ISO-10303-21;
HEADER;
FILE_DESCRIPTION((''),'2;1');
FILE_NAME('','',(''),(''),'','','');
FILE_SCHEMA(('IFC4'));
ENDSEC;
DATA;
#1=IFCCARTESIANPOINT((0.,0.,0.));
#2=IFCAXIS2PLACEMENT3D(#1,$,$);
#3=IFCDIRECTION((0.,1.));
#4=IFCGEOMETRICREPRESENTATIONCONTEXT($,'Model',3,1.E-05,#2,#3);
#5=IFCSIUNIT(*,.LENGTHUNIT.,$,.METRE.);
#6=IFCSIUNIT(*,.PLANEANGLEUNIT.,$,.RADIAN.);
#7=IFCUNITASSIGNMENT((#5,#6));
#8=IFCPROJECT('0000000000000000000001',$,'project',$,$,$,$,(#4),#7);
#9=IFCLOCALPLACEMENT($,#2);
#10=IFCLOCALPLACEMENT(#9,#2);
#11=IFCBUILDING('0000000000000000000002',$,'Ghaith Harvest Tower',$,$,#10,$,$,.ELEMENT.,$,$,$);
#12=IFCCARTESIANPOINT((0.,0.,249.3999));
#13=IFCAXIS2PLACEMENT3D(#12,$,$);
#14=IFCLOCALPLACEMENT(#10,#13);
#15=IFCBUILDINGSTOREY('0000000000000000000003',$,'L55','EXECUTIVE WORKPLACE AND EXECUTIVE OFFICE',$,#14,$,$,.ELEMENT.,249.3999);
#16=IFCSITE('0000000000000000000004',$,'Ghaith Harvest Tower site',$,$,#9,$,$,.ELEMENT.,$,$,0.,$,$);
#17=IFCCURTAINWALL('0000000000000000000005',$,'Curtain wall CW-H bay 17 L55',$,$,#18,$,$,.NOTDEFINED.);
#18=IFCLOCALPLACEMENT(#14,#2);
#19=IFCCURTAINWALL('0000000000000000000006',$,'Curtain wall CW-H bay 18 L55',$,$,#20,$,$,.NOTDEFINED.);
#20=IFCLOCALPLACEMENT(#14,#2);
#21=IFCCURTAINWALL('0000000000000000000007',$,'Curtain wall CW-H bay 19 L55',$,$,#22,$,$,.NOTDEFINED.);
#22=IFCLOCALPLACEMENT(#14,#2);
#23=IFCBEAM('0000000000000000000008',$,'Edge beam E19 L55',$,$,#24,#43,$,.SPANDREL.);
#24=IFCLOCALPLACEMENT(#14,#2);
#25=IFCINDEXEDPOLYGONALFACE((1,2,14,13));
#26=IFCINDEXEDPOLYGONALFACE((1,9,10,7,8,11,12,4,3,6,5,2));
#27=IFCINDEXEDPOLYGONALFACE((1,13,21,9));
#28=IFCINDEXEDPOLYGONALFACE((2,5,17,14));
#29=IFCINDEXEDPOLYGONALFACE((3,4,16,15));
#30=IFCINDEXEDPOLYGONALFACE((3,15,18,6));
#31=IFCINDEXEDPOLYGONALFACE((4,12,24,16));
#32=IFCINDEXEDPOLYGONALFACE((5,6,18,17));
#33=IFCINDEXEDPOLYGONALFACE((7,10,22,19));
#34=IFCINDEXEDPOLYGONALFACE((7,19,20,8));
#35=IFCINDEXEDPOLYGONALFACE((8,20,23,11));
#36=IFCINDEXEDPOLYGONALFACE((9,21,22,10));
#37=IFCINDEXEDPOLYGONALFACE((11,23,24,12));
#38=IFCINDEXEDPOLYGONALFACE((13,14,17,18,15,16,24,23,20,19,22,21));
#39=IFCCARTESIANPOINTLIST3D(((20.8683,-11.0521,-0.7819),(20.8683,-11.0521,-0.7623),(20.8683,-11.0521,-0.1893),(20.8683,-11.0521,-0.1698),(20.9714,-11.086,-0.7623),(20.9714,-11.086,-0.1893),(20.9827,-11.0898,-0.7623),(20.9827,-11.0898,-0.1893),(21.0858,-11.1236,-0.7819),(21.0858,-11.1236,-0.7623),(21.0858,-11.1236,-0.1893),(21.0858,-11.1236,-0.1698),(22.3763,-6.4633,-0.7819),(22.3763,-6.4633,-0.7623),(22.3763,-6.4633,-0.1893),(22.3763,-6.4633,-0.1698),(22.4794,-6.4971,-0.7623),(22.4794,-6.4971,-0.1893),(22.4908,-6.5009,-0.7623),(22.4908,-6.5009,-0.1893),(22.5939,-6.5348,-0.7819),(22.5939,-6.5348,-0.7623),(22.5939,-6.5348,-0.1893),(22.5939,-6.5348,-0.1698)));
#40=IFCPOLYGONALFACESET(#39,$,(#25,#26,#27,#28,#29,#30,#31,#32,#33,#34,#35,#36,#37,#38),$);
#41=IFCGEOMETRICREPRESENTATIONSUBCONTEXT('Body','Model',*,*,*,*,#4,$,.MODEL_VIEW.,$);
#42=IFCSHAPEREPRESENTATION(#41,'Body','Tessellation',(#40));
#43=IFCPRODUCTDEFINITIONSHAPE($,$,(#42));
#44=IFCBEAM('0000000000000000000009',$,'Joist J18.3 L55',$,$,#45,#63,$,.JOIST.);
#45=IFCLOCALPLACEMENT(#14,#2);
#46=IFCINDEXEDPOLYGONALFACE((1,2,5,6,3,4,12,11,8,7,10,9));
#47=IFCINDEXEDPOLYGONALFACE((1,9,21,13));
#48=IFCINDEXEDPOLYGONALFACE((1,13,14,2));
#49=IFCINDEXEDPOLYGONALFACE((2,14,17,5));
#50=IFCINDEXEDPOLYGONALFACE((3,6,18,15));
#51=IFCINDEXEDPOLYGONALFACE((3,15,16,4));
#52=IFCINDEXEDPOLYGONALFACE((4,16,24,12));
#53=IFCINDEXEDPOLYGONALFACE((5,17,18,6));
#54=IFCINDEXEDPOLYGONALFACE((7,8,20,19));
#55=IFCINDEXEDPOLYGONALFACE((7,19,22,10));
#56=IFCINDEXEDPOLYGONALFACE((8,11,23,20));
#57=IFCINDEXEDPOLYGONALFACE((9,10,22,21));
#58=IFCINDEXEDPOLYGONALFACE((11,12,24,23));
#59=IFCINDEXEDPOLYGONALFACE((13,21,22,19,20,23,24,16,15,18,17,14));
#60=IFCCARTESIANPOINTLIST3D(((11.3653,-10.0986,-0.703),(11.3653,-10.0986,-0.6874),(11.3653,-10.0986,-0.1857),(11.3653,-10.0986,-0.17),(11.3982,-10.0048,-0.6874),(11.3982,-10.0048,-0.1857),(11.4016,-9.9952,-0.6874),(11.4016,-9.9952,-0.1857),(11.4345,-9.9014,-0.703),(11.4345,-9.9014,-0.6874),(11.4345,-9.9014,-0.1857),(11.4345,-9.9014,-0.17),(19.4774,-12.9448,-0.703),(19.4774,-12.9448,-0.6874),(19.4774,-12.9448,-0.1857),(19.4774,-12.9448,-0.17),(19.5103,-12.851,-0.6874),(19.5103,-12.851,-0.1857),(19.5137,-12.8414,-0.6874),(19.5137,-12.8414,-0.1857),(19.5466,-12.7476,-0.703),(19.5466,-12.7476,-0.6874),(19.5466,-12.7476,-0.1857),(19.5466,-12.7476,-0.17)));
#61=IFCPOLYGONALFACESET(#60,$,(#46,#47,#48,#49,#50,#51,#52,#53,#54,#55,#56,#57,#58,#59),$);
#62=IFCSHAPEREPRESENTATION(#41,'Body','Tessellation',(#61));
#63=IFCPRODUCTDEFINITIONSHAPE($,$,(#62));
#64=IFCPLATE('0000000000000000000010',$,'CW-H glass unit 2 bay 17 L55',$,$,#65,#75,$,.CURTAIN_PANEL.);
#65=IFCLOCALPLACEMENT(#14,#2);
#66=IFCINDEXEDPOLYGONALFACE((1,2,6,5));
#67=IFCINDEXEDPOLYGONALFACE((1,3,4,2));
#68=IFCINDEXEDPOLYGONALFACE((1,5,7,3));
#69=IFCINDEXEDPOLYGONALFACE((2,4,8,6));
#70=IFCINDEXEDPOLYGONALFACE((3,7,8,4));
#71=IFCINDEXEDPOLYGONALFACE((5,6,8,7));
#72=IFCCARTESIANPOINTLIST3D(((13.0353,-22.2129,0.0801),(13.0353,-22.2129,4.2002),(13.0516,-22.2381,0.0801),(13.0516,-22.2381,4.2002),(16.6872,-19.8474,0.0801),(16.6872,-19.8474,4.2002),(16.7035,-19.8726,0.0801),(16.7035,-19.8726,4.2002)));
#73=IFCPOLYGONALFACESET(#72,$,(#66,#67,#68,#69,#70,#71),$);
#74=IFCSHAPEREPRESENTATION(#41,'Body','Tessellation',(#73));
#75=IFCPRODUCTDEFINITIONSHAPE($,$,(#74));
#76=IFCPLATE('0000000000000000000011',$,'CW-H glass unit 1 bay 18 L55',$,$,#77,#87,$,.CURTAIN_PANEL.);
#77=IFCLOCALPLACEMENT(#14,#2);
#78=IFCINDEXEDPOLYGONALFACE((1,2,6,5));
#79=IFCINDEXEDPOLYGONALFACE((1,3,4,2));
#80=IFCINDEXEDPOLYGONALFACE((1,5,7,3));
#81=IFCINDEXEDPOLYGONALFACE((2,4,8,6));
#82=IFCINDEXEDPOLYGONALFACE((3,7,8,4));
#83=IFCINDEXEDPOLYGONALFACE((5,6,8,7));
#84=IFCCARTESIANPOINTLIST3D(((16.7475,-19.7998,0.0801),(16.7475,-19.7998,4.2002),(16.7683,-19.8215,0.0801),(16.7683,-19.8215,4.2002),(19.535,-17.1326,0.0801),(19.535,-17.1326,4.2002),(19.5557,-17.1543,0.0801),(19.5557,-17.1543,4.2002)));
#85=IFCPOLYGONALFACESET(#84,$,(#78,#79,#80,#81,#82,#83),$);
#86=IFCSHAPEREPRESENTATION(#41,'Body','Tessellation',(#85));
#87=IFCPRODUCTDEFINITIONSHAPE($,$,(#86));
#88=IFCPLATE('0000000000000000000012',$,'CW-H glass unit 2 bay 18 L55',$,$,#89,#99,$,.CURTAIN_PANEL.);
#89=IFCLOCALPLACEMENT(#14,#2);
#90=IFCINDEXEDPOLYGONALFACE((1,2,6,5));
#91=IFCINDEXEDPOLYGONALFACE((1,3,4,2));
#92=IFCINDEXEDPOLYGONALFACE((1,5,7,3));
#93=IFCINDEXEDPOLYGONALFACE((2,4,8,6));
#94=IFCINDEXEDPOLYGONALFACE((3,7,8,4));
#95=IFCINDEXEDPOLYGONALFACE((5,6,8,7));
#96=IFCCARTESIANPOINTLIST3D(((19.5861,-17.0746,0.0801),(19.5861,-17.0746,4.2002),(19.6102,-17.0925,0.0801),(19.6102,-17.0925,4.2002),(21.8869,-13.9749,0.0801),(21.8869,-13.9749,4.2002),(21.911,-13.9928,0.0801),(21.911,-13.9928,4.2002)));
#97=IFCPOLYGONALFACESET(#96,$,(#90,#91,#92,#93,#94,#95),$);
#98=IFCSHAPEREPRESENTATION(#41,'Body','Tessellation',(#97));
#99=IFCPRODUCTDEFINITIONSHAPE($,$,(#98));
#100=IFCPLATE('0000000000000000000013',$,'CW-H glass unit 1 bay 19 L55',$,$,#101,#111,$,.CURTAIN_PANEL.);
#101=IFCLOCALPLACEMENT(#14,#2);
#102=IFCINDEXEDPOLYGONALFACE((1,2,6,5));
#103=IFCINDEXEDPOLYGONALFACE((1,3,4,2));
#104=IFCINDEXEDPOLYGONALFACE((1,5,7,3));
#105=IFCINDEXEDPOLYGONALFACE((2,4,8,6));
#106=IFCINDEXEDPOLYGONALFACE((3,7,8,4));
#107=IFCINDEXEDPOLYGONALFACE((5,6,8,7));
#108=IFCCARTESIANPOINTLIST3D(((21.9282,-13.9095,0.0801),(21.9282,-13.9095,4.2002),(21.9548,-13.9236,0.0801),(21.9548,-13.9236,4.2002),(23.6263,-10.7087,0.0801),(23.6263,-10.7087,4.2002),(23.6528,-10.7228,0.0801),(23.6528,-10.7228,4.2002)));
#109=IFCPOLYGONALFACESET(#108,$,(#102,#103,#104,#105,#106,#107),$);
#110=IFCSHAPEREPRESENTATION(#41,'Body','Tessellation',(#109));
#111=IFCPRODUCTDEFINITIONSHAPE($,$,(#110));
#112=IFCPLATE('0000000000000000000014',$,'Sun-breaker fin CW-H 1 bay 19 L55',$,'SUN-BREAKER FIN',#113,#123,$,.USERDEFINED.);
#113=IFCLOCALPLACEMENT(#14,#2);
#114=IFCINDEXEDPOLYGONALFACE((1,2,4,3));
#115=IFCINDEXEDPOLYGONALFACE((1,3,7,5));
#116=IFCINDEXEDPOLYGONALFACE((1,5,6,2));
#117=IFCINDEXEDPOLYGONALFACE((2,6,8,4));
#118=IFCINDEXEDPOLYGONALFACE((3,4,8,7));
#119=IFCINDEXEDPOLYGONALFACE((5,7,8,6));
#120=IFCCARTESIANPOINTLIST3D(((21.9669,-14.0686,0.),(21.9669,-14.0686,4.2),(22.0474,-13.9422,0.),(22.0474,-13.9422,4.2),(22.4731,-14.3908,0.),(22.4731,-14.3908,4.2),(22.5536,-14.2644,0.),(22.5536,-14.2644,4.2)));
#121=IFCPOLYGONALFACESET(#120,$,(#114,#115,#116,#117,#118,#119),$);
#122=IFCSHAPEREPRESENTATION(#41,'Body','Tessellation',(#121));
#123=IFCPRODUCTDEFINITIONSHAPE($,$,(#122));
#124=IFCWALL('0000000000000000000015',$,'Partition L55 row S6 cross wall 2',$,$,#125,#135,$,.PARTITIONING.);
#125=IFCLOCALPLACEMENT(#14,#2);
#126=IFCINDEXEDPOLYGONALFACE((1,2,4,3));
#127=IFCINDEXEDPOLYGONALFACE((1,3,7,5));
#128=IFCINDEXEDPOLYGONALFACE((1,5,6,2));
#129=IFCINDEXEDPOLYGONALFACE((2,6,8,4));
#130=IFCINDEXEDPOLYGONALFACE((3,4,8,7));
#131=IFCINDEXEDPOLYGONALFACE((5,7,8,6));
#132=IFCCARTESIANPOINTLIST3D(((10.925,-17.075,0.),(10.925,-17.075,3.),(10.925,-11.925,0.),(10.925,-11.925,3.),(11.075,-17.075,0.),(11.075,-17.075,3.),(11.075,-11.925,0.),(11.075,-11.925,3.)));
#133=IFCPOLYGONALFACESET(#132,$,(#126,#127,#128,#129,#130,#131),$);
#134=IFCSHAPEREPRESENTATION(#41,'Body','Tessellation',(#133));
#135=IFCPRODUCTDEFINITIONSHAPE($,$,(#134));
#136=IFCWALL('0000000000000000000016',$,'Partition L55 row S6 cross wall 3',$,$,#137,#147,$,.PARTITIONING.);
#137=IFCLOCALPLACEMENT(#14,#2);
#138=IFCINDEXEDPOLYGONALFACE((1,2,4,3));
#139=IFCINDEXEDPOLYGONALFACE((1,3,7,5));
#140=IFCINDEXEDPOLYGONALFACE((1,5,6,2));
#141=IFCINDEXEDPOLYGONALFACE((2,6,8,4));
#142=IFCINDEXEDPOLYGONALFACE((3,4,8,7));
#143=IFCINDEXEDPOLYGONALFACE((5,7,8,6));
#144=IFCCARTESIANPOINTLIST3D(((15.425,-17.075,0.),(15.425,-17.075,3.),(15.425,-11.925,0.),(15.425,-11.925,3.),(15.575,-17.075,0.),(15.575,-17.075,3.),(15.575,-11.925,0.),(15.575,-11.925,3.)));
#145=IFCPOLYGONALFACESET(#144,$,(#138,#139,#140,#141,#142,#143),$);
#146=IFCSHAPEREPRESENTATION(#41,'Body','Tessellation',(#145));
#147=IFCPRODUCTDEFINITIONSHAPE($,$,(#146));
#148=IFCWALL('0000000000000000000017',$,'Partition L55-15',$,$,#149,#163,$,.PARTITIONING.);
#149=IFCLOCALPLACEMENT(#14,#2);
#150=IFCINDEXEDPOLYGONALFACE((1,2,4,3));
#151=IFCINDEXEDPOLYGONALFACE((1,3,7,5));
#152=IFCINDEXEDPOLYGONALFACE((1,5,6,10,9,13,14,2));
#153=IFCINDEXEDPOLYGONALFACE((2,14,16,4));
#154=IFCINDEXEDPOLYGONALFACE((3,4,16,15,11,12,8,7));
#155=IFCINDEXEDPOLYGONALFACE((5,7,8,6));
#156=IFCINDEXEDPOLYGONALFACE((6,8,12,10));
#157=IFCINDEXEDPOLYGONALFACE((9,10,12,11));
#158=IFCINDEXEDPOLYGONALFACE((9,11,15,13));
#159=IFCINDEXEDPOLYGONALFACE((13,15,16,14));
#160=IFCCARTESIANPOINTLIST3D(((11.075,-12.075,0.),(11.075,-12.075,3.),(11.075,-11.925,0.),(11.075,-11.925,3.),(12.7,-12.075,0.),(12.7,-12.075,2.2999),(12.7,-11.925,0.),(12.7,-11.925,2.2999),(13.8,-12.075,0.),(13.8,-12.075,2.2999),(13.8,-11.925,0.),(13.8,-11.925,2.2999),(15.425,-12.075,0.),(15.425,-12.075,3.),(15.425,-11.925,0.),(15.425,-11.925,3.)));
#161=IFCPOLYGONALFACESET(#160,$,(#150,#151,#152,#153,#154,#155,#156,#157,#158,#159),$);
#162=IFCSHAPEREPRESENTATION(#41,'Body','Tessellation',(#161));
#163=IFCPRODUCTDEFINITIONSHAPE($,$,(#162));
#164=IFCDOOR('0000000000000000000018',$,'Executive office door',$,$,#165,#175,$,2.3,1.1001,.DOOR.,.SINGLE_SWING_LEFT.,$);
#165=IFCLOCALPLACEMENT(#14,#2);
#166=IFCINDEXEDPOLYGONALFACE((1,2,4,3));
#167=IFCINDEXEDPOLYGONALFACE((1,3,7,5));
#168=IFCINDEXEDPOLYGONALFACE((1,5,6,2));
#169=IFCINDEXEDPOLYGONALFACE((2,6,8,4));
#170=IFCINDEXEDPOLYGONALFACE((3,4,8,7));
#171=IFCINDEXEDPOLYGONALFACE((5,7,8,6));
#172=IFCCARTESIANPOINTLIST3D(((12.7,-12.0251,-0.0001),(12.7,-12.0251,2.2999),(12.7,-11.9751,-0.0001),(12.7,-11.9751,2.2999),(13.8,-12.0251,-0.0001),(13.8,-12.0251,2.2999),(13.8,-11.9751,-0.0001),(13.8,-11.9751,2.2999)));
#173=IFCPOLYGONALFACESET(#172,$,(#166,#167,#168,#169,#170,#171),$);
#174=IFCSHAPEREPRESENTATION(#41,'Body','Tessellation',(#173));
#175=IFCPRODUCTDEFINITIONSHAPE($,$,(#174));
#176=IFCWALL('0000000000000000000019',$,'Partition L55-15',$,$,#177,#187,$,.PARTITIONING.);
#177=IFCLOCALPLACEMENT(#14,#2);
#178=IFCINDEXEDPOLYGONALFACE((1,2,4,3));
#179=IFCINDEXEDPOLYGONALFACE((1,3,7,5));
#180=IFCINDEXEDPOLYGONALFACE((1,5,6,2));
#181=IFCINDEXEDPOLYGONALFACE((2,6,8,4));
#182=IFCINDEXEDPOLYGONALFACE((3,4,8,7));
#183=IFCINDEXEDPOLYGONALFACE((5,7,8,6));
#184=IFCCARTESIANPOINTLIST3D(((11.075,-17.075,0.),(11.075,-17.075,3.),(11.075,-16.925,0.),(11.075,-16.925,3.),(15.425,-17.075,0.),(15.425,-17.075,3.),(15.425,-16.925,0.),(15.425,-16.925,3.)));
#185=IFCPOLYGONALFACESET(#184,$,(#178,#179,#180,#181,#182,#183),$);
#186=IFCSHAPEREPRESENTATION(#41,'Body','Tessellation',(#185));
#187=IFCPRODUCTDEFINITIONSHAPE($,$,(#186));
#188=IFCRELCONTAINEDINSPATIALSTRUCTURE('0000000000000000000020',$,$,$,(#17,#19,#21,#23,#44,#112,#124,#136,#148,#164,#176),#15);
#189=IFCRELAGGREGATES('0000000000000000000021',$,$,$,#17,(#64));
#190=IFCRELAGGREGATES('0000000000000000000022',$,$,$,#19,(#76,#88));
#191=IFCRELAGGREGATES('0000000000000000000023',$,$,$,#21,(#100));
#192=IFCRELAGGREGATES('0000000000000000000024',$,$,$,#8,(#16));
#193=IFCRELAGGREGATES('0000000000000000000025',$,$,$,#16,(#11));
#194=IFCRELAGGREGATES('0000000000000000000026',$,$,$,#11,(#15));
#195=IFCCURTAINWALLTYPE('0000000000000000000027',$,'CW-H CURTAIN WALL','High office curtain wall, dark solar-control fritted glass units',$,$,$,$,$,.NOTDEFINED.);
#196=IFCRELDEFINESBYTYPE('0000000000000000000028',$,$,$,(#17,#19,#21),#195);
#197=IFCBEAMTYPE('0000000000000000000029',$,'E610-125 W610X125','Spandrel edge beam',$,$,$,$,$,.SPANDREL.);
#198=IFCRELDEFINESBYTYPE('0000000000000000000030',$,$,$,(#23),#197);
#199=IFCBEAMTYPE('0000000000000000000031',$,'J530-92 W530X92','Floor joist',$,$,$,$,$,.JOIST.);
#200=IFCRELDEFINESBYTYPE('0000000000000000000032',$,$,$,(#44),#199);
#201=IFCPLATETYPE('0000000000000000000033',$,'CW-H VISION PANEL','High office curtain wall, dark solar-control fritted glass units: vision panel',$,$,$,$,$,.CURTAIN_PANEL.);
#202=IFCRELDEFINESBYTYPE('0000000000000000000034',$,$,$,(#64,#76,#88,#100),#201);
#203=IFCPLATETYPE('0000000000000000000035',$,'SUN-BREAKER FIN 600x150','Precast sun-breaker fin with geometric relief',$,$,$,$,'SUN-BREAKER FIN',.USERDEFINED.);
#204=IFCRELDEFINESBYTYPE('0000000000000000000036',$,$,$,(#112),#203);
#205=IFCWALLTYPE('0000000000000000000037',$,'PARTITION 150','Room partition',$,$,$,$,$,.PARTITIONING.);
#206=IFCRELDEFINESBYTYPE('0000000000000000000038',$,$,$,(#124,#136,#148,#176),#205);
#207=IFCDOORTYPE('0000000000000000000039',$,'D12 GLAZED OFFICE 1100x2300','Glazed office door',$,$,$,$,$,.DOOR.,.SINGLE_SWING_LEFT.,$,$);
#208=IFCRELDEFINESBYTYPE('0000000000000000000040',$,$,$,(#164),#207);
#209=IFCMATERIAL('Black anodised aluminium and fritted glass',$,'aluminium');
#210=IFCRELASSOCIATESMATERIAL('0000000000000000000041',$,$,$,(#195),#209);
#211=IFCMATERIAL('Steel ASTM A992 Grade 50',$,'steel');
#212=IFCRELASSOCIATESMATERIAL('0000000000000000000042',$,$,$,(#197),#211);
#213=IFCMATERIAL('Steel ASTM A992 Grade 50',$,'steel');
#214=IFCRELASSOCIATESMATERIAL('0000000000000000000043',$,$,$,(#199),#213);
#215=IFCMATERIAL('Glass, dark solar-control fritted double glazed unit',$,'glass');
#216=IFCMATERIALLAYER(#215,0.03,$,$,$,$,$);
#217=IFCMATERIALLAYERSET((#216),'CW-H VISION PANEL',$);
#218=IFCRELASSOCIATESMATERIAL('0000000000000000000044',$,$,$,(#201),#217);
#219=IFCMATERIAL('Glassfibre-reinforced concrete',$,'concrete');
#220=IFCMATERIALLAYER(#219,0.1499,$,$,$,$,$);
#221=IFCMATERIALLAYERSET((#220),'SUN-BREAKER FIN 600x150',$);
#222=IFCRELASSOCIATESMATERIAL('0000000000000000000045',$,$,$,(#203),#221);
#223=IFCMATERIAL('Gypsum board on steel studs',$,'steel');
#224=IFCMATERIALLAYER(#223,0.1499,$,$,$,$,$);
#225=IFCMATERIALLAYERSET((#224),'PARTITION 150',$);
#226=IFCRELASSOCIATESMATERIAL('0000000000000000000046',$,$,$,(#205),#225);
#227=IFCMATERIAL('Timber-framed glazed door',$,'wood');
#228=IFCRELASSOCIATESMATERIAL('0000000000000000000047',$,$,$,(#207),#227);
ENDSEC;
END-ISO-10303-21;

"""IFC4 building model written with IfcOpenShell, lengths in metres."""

from ifc_helpers import new_model, si_unit, direction, frame, frame_2d, origin, origin_2d, place, context, subcontext, project, spatial, rectangle, i_section, extrude, material, layer, layer_set, material_profile, profile_set, type_object, element, fill, aggregate, save


model = new_model("IFC4")

# Units and contexts
model_context = context("Model", 3, precision=1e-05, world=origin(), true_north=direction((0.0, 1.0)))
body_context = subcontext(model_context, "Body", "Model", "MODEL_VIEW")
ifc_project = project(units=[si_unit("LENGTHUNIT", "METRE"), si_unit("PLANEANGLEUNIT", "RADIAN")], contexts=[model_context])

# Site, building, storey
site_placement = place(None, origin())
site = spatial("IfcSite", under=ifc_project, at=site_placement, Name="Ghaith Harvest Tower site", CompositionType="ELEMENT", RefElevation=0.0)
building_placement = place(site_placement, origin())
building = spatial("IfcBuilding", under=site, at=building_placement, Name="Ghaith Harvest Tower", CompositionType="ELEMENT")
storey_placement = place(building_placement, frame((0.0, 0.0, 249.3999)))
storey = spatial("IfcBuildingStorey", under=building, at=storey_placement, Name="L55", Description="EXECUTIVE WORKPLACE AND EXECUTIVE OFFICE", CompositionType="ELEMENT", Elevation=249.3999)

# Curtain wall
ifc_material_1 = material(Name="Black anodised aluminium and fritted glass", Category="aluminium")
curtain_wall_type = type_object("IfcCurtainWallType", Name="CW-H CURTAIN WALL", Description="High office curtain wall, dark solar-control fritted glass units", PredefinedType="NOTDEFINED", material=ifc_material_1)
curtain_wall_1_placement = place(storey_placement, origin())
curtain_wall_1 = element("IfcCurtainWall", 1, at=curtain_wall_1_placement, inside=storey, type_object=curtain_wall_type, Name="Curtain wall CW-H bay 17 L55", PredefinedType="NOTDEFINED")

# Curtain walls
curtain_wall_2_placement = place(storey_placement, origin())
curtain_wall_2 = element("IfcCurtainWall", 2, at=curtain_wall_2_placement, inside=storey, type_object=curtain_wall_type, Name="Curtain wall CW-H bay 18 L55", PredefinedType="NOTDEFINED")
curtain_wall_3_placement = place(storey_placement, origin())
curtain_wall_3 = element("IfcCurtainWall", 3, at=curtain_wall_3_placement, inside=storey, type_object=curtain_wall_type, Name="Curtain wall CW-H bay 19 L55", PredefinedType="NOTDEFINED")

# Beams
ifc_material_2 = material(Name="Steel ASTM A992 Grade 50", Category="steel")
ifc_material_profile_1 = material_profile(ifc_material_2, i_section(OverallWidth=0.229, OverallDepth=0.6121, WebThickness=0.012, FlangeThickness=0.0195, at=origin_2d()), Name="W610X125")
ifc_profile_set_1 = profile_set([ifc_material_profile_1], Name="Steel ASTM A992 Grade 50")
beam_type_1 = type_object("IfcBeamType", Name="E610-125 W610X125", Description="Spandrel edge beam", PredefinedType="SPANDREL", material=ifc_profile_set_1)
beam_1_placement = place(storey_placement, frame((20.9771, -11.0879, -0.4758), z_axis=(0.312207, 0.950014, 0.0), x_axis=(-0.950014, 0.312207, 0.0)))
element("IfcBeam", 4, at=beam_1_placement, inside=storey, type_object=beam_type_1, Name="Edge beam E19 L55", PredefinedType="SPANDREL", context=body_context, shape_type="SweptSolid", body=[
    extrude(i_section(OverallWidth=0.229, OverallDepth=0.6121, WebThickness=0.012, FlangeThickness=0.0195, at=origin_2d()), origin(), (0.0, 0.0, 1.0), 4.8303),
])
ifc_material_3 = material(Name="Steel ASTM A992 Grade 50", Category="steel")
ifc_material_profile_2 = material_profile(ifc_material_3, i_section(OverallWidth=0.209, OverallDepth=0.533, WebThickness=0.0103, FlangeThickness=0.0156, at=origin_2d()), Name="W530X92")
ifc_profile_set_2 = profile_set([ifc_material_profile_2], Name="Steel ASTM A992 Grade 50")
beam_type_2 = type_object("IfcBeamType", Name="J530-92 W530X92", Description="Floor joist", PredefinedType="JOIST", material=ifc_profile_set_2)
beam_2_placement = place(storey_placement, frame((11.3999, -10.0, -0.4365), z_axis=(0.943605, -0.331073, 0.0), x_axis=(0.331073, 0.943605, 0.0)))
element("IfcBeam", 5, at=beam_2_placement, inside=storey, type_object=beam_type_2, Name="Joist J18.3 L55", PredefinedType="JOIST", context=body_context, shape_type="SweptSolid", body=[
    extrude(i_section(OverallWidth=0.209, OverallDepth=0.533, WebThickness=0.0103, FlangeThickness=0.0156, at=origin_2d()), origin(), (0.0, 0.0, 1.0), 8.5969),
])

# Plates
ifc_material_4 = material(Name="Glass, dark solar-control fritted double glazed unit", Category="glass")
ifc_layer_1 = layer(ifc_material_4, 0.03)
ifc_layer_set_1 = layer_set([ifc_layer_1], Name="CW-H VISION PANEL")
plate_type_1 = type_object("IfcPlateType", Name="CW-H VISION PANEL", Description="High office curtain wall, dark solar-control fritted glass units: vision panel", PredefinedType="CURTAIN_PANEL", material=ifc_layer_set_1)
plate_1_placement = place(storey_placement, frame((14.8694, -21.0427, 0.0801), z_axis=(0.0, 0.0, 1.0), x_axis=(0.839305, 0.54366, 0.0)))
plate_1 = element("IfcPlate", 6, at=plate_1_placement, type_object=plate_type_1, Name="CW-H glass unit 2 bay 17 L55", PredefinedType="CURTAIN_PANEL", context=body_context, shape_type="SweptSolid", body=[
    extrude(rectangle(XDim=4.3511, YDim=0.03, at=origin_2d()), origin(), (0.0, 0.0, 1.0), 4.1201),
])
aggregate(curtain_wall_1, [plate_1])
plate_2_placement = place(storey_placement, frame((18.1516, -18.4771, 0.0801), z_axis=(0.0, 0.0, 1.0), x_axis=(0.722533, 0.691337, 0.0)))
plate_2 = element("IfcPlate", 7, at=plate_2_placement, type_object=plate_type_1, Name="CW-H glass unit 1 bay 18 L55", PredefinedType="CURTAIN_PANEL", context=body_context, shape_type="SweptSolid", body=[
    extrude(rectangle(XDim=3.8579, YDim=0.03, at=origin_2d()), origin(), (0.0, 0.0, 1.0), 4.1201),
])
plate_3_placement = place(storey_placement, frame((20.7485, -15.5337, 0.0801), z_axis=(0.0, 0.0, 1.0), x_axis=(0.596019, 0.802971, 0.0)))
plate_3 = element("IfcPlate", 8, at=plate_3_placement, type_object=plate_type_1, Name="CW-H glass unit 2 bay 18 L55", PredefinedType="CURTAIN_PANEL", context=body_context, shape_type="SweptSolid", body=[
    extrude(rectangle(XDim=3.8604, YDim=0.03, at=origin_2d()), origin(), (0.0, 0.0, 1.0), 4.1201),
])
aggregate(curtain_wall_2, [plate_2, plate_3])
plate_4_placement = place(storey_placement, frame((22.7905, -12.3162, 0.0801), z_axis=(0.0, 0.0, 1.0), x_axis=(0.468644, 0.883387, 0.0)))
plate_4 = element("IfcPlate", 9, at=plate_4_placement, type_object=plate_type_1, Name="CW-H glass unit 1 bay 19 L55", PredefinedType="CURTAIN_PANEL", context=body_context, shape_type="SweptSolid", body=[
    extrude(rectangle(XDim=3.6233, YDim=0.03, at=origin_2d()), origin(), (0.0, 0.0, 1.0), 4.1201),
])
aggregate(curtain_wall_3, [plate_4])
ifc_material_5 = material(Name="Glassfibre-reinforced concrete", Category="concrete")
ifc_layer_2 = layer(ifc_material_5, 0.1499)
ifc_layer_set_2 = layer_set([ifc_layer_2], Name="SUN-BREAKER FIN 600x150")
plate_type_2 = type_object("IfcPlateType", Name="SUN-BREAKER FIN 600x150", Description="Precast sun-breaker fin with geometric relief", ElementType="SUN-BREAKER FIN", PredefinedType="USERDEFINED", material=ifc_layer_set_2)
plate_5_placement = place(storey_placement, frame((22.2603, -14.1665, 0.0), z_axis=(0.0, 0.0, 1.0), x_axis=(0.843644, -0.536903, 0.0)))
element("IfcPlate", 10, at=plate_5_placement, inside=storey, type_object=plate_type_2, Name="Sun-breaker fin CW-H 1 bay 19 L55", ObjectType="SUN-BREAKER FIN", PredefinedType="USERDEFINED", context=body_context, shape_type="SweptSolid", body=[
    extrude(rectangle(XDim=0.6001, YDim=0.1499, at=origin_2d()), origin(), (0.0, 0.0, 1.0), 4.2),
])

# Walls
ifc_material_6 = material(Name="Gypsum board on steel studs", Category="steel")
ifc_layer_3 = layer(ifc_material_6, 0.1499)
ifc_layer_set_3 = layer_set([ifc_layer_3], Name="PARTITION 150")
wall_type = type_object("IfcWallType", Name="PARTITION 150", Description="Room partition", PredefinedType="PARTITIONING", material=ifc_layer_set_3)
for number, where, z_axis, x_axis, name in (
    (11, (11.0, -11.925, 0.0), (0.0, 0.0, 1.0), (0.0, -1.0, 0.0), "Partition L55 row S6 cross wall 2"),
    (12, (15.5, -11.925, 0.0), (0.0, 0.0, 1.0), (0.0, -1.0, 0.0), "Partition L55 row S6 cross wall 3"),
):
    element("IfcWall", number, at=place(storey_placement, frame(where, z_axis=z_axis, x_axis=x_axis)), inside=storey, type_object=wall_type, Name=name, PredefinedType="PARTITIONING", context=body_context, shape_type="SweptSolid", body=[
        extrude(rectangle(XDim=5.1499, YDim=0.1499, at=frame_2d((2.575, 0.0))), origin(), (0.0, 0.0, 1.0), 3.0),
    ])

# Wall, opening, door
wall_1_placement = place(storey_placement, frame((11.075, -12.0, 0.0), z_axis=(0.0, 0.0, 1.0), x_axis=(1.0, 0.0, 0.0)))
wall_1 = element("IfcWall", 13, at=wall_1_placement, inside=storey, type_object=wall_type, Name="Partition L55-15", PredefinedType="PARTITIONING", context=body_context, shape_type="SweptSolid", body=[
    extrude(rectangle(XDim=4.3501, YDim=0.1499, at=frame_2d((2.175, 0.0))), origin(), (0.0, 0.0, 1.0), 3.0),
])
opening_placement = place(wall_1_placement, frame((1.625, 0.0, 0.0)))
opening = element("IfcOpeningElement", 14, at=opening_placement, cuts=wall_1, PredefinedType="OPENING", context=body_context, shape_type="SweptSolid", body=[
    extrude(rectangle(XDim=1.1001, YDim=2.3, at=frame_2d((0.55, 1.1499))), frame((0.0, 0.085, 0.0), z_axis=(0.0, -1.0, 0.0), x_axis=(1.0, 0.0, 0.0)), (0.0, 0.0, 1.0), 0.1699),
])
ifc_material_7 = material(Name="Timber-framed glazed door", Category="wood")
door_type = type_object("IfcDoorType", Name="D12 GLAZED OFFICE 1100x2300", Description="Glazed office door", OperationType="SINGLE_SWING_LEFT", PredefinedType="DOOR", material=ifc_material_7)
door_placement = place(opening_placement, origin())
door = element("IfcDoor", 15, at=door_placement, inside=storey, type_object=door_type, Name="Executive office door", OperationType="SINGLE_SWING_LEFT", OverallHeight=2.3, OverallWidth=1.1001, PredefinedType="DOOR", context=body_context, shape_type="SweptSolid", body=[
    extrude(rectangle(XDim=1.1001, YDim=2.3, at=frame_2d((0.55, 1.1499))), frame((0.0, 0.0249, 0.0), z_axis=(0.0, -1.0, 0.0), x_axis=(1.0, 0.0, 0.0)), (0.0, 0.0, 1.0), 0.05),
])
fill(opening, door)

# Wall
wall_2_placement = place(storey_placement, frame((11.075, -17.0, 0.0), z_axis=(0.0, 0.0, 1.0), x_axis=(1.0, 0.0, 0.0)))
element("IfcWall", 16, at=wall_2_placement, inside=storey, type_object=wall_type, Name="Partition L55-15", PredefinedType="PARTITIONING", context=body_context, shape_type="SweptSolid", body=[
    extrude(rectangle(XDim=4.3501, YDim=0.1499, at=frame_2d((2.175, 0.0))), origin(), (0.0, 0.0, 1.0), 3.0),
])

save(model, "model.ifc")
